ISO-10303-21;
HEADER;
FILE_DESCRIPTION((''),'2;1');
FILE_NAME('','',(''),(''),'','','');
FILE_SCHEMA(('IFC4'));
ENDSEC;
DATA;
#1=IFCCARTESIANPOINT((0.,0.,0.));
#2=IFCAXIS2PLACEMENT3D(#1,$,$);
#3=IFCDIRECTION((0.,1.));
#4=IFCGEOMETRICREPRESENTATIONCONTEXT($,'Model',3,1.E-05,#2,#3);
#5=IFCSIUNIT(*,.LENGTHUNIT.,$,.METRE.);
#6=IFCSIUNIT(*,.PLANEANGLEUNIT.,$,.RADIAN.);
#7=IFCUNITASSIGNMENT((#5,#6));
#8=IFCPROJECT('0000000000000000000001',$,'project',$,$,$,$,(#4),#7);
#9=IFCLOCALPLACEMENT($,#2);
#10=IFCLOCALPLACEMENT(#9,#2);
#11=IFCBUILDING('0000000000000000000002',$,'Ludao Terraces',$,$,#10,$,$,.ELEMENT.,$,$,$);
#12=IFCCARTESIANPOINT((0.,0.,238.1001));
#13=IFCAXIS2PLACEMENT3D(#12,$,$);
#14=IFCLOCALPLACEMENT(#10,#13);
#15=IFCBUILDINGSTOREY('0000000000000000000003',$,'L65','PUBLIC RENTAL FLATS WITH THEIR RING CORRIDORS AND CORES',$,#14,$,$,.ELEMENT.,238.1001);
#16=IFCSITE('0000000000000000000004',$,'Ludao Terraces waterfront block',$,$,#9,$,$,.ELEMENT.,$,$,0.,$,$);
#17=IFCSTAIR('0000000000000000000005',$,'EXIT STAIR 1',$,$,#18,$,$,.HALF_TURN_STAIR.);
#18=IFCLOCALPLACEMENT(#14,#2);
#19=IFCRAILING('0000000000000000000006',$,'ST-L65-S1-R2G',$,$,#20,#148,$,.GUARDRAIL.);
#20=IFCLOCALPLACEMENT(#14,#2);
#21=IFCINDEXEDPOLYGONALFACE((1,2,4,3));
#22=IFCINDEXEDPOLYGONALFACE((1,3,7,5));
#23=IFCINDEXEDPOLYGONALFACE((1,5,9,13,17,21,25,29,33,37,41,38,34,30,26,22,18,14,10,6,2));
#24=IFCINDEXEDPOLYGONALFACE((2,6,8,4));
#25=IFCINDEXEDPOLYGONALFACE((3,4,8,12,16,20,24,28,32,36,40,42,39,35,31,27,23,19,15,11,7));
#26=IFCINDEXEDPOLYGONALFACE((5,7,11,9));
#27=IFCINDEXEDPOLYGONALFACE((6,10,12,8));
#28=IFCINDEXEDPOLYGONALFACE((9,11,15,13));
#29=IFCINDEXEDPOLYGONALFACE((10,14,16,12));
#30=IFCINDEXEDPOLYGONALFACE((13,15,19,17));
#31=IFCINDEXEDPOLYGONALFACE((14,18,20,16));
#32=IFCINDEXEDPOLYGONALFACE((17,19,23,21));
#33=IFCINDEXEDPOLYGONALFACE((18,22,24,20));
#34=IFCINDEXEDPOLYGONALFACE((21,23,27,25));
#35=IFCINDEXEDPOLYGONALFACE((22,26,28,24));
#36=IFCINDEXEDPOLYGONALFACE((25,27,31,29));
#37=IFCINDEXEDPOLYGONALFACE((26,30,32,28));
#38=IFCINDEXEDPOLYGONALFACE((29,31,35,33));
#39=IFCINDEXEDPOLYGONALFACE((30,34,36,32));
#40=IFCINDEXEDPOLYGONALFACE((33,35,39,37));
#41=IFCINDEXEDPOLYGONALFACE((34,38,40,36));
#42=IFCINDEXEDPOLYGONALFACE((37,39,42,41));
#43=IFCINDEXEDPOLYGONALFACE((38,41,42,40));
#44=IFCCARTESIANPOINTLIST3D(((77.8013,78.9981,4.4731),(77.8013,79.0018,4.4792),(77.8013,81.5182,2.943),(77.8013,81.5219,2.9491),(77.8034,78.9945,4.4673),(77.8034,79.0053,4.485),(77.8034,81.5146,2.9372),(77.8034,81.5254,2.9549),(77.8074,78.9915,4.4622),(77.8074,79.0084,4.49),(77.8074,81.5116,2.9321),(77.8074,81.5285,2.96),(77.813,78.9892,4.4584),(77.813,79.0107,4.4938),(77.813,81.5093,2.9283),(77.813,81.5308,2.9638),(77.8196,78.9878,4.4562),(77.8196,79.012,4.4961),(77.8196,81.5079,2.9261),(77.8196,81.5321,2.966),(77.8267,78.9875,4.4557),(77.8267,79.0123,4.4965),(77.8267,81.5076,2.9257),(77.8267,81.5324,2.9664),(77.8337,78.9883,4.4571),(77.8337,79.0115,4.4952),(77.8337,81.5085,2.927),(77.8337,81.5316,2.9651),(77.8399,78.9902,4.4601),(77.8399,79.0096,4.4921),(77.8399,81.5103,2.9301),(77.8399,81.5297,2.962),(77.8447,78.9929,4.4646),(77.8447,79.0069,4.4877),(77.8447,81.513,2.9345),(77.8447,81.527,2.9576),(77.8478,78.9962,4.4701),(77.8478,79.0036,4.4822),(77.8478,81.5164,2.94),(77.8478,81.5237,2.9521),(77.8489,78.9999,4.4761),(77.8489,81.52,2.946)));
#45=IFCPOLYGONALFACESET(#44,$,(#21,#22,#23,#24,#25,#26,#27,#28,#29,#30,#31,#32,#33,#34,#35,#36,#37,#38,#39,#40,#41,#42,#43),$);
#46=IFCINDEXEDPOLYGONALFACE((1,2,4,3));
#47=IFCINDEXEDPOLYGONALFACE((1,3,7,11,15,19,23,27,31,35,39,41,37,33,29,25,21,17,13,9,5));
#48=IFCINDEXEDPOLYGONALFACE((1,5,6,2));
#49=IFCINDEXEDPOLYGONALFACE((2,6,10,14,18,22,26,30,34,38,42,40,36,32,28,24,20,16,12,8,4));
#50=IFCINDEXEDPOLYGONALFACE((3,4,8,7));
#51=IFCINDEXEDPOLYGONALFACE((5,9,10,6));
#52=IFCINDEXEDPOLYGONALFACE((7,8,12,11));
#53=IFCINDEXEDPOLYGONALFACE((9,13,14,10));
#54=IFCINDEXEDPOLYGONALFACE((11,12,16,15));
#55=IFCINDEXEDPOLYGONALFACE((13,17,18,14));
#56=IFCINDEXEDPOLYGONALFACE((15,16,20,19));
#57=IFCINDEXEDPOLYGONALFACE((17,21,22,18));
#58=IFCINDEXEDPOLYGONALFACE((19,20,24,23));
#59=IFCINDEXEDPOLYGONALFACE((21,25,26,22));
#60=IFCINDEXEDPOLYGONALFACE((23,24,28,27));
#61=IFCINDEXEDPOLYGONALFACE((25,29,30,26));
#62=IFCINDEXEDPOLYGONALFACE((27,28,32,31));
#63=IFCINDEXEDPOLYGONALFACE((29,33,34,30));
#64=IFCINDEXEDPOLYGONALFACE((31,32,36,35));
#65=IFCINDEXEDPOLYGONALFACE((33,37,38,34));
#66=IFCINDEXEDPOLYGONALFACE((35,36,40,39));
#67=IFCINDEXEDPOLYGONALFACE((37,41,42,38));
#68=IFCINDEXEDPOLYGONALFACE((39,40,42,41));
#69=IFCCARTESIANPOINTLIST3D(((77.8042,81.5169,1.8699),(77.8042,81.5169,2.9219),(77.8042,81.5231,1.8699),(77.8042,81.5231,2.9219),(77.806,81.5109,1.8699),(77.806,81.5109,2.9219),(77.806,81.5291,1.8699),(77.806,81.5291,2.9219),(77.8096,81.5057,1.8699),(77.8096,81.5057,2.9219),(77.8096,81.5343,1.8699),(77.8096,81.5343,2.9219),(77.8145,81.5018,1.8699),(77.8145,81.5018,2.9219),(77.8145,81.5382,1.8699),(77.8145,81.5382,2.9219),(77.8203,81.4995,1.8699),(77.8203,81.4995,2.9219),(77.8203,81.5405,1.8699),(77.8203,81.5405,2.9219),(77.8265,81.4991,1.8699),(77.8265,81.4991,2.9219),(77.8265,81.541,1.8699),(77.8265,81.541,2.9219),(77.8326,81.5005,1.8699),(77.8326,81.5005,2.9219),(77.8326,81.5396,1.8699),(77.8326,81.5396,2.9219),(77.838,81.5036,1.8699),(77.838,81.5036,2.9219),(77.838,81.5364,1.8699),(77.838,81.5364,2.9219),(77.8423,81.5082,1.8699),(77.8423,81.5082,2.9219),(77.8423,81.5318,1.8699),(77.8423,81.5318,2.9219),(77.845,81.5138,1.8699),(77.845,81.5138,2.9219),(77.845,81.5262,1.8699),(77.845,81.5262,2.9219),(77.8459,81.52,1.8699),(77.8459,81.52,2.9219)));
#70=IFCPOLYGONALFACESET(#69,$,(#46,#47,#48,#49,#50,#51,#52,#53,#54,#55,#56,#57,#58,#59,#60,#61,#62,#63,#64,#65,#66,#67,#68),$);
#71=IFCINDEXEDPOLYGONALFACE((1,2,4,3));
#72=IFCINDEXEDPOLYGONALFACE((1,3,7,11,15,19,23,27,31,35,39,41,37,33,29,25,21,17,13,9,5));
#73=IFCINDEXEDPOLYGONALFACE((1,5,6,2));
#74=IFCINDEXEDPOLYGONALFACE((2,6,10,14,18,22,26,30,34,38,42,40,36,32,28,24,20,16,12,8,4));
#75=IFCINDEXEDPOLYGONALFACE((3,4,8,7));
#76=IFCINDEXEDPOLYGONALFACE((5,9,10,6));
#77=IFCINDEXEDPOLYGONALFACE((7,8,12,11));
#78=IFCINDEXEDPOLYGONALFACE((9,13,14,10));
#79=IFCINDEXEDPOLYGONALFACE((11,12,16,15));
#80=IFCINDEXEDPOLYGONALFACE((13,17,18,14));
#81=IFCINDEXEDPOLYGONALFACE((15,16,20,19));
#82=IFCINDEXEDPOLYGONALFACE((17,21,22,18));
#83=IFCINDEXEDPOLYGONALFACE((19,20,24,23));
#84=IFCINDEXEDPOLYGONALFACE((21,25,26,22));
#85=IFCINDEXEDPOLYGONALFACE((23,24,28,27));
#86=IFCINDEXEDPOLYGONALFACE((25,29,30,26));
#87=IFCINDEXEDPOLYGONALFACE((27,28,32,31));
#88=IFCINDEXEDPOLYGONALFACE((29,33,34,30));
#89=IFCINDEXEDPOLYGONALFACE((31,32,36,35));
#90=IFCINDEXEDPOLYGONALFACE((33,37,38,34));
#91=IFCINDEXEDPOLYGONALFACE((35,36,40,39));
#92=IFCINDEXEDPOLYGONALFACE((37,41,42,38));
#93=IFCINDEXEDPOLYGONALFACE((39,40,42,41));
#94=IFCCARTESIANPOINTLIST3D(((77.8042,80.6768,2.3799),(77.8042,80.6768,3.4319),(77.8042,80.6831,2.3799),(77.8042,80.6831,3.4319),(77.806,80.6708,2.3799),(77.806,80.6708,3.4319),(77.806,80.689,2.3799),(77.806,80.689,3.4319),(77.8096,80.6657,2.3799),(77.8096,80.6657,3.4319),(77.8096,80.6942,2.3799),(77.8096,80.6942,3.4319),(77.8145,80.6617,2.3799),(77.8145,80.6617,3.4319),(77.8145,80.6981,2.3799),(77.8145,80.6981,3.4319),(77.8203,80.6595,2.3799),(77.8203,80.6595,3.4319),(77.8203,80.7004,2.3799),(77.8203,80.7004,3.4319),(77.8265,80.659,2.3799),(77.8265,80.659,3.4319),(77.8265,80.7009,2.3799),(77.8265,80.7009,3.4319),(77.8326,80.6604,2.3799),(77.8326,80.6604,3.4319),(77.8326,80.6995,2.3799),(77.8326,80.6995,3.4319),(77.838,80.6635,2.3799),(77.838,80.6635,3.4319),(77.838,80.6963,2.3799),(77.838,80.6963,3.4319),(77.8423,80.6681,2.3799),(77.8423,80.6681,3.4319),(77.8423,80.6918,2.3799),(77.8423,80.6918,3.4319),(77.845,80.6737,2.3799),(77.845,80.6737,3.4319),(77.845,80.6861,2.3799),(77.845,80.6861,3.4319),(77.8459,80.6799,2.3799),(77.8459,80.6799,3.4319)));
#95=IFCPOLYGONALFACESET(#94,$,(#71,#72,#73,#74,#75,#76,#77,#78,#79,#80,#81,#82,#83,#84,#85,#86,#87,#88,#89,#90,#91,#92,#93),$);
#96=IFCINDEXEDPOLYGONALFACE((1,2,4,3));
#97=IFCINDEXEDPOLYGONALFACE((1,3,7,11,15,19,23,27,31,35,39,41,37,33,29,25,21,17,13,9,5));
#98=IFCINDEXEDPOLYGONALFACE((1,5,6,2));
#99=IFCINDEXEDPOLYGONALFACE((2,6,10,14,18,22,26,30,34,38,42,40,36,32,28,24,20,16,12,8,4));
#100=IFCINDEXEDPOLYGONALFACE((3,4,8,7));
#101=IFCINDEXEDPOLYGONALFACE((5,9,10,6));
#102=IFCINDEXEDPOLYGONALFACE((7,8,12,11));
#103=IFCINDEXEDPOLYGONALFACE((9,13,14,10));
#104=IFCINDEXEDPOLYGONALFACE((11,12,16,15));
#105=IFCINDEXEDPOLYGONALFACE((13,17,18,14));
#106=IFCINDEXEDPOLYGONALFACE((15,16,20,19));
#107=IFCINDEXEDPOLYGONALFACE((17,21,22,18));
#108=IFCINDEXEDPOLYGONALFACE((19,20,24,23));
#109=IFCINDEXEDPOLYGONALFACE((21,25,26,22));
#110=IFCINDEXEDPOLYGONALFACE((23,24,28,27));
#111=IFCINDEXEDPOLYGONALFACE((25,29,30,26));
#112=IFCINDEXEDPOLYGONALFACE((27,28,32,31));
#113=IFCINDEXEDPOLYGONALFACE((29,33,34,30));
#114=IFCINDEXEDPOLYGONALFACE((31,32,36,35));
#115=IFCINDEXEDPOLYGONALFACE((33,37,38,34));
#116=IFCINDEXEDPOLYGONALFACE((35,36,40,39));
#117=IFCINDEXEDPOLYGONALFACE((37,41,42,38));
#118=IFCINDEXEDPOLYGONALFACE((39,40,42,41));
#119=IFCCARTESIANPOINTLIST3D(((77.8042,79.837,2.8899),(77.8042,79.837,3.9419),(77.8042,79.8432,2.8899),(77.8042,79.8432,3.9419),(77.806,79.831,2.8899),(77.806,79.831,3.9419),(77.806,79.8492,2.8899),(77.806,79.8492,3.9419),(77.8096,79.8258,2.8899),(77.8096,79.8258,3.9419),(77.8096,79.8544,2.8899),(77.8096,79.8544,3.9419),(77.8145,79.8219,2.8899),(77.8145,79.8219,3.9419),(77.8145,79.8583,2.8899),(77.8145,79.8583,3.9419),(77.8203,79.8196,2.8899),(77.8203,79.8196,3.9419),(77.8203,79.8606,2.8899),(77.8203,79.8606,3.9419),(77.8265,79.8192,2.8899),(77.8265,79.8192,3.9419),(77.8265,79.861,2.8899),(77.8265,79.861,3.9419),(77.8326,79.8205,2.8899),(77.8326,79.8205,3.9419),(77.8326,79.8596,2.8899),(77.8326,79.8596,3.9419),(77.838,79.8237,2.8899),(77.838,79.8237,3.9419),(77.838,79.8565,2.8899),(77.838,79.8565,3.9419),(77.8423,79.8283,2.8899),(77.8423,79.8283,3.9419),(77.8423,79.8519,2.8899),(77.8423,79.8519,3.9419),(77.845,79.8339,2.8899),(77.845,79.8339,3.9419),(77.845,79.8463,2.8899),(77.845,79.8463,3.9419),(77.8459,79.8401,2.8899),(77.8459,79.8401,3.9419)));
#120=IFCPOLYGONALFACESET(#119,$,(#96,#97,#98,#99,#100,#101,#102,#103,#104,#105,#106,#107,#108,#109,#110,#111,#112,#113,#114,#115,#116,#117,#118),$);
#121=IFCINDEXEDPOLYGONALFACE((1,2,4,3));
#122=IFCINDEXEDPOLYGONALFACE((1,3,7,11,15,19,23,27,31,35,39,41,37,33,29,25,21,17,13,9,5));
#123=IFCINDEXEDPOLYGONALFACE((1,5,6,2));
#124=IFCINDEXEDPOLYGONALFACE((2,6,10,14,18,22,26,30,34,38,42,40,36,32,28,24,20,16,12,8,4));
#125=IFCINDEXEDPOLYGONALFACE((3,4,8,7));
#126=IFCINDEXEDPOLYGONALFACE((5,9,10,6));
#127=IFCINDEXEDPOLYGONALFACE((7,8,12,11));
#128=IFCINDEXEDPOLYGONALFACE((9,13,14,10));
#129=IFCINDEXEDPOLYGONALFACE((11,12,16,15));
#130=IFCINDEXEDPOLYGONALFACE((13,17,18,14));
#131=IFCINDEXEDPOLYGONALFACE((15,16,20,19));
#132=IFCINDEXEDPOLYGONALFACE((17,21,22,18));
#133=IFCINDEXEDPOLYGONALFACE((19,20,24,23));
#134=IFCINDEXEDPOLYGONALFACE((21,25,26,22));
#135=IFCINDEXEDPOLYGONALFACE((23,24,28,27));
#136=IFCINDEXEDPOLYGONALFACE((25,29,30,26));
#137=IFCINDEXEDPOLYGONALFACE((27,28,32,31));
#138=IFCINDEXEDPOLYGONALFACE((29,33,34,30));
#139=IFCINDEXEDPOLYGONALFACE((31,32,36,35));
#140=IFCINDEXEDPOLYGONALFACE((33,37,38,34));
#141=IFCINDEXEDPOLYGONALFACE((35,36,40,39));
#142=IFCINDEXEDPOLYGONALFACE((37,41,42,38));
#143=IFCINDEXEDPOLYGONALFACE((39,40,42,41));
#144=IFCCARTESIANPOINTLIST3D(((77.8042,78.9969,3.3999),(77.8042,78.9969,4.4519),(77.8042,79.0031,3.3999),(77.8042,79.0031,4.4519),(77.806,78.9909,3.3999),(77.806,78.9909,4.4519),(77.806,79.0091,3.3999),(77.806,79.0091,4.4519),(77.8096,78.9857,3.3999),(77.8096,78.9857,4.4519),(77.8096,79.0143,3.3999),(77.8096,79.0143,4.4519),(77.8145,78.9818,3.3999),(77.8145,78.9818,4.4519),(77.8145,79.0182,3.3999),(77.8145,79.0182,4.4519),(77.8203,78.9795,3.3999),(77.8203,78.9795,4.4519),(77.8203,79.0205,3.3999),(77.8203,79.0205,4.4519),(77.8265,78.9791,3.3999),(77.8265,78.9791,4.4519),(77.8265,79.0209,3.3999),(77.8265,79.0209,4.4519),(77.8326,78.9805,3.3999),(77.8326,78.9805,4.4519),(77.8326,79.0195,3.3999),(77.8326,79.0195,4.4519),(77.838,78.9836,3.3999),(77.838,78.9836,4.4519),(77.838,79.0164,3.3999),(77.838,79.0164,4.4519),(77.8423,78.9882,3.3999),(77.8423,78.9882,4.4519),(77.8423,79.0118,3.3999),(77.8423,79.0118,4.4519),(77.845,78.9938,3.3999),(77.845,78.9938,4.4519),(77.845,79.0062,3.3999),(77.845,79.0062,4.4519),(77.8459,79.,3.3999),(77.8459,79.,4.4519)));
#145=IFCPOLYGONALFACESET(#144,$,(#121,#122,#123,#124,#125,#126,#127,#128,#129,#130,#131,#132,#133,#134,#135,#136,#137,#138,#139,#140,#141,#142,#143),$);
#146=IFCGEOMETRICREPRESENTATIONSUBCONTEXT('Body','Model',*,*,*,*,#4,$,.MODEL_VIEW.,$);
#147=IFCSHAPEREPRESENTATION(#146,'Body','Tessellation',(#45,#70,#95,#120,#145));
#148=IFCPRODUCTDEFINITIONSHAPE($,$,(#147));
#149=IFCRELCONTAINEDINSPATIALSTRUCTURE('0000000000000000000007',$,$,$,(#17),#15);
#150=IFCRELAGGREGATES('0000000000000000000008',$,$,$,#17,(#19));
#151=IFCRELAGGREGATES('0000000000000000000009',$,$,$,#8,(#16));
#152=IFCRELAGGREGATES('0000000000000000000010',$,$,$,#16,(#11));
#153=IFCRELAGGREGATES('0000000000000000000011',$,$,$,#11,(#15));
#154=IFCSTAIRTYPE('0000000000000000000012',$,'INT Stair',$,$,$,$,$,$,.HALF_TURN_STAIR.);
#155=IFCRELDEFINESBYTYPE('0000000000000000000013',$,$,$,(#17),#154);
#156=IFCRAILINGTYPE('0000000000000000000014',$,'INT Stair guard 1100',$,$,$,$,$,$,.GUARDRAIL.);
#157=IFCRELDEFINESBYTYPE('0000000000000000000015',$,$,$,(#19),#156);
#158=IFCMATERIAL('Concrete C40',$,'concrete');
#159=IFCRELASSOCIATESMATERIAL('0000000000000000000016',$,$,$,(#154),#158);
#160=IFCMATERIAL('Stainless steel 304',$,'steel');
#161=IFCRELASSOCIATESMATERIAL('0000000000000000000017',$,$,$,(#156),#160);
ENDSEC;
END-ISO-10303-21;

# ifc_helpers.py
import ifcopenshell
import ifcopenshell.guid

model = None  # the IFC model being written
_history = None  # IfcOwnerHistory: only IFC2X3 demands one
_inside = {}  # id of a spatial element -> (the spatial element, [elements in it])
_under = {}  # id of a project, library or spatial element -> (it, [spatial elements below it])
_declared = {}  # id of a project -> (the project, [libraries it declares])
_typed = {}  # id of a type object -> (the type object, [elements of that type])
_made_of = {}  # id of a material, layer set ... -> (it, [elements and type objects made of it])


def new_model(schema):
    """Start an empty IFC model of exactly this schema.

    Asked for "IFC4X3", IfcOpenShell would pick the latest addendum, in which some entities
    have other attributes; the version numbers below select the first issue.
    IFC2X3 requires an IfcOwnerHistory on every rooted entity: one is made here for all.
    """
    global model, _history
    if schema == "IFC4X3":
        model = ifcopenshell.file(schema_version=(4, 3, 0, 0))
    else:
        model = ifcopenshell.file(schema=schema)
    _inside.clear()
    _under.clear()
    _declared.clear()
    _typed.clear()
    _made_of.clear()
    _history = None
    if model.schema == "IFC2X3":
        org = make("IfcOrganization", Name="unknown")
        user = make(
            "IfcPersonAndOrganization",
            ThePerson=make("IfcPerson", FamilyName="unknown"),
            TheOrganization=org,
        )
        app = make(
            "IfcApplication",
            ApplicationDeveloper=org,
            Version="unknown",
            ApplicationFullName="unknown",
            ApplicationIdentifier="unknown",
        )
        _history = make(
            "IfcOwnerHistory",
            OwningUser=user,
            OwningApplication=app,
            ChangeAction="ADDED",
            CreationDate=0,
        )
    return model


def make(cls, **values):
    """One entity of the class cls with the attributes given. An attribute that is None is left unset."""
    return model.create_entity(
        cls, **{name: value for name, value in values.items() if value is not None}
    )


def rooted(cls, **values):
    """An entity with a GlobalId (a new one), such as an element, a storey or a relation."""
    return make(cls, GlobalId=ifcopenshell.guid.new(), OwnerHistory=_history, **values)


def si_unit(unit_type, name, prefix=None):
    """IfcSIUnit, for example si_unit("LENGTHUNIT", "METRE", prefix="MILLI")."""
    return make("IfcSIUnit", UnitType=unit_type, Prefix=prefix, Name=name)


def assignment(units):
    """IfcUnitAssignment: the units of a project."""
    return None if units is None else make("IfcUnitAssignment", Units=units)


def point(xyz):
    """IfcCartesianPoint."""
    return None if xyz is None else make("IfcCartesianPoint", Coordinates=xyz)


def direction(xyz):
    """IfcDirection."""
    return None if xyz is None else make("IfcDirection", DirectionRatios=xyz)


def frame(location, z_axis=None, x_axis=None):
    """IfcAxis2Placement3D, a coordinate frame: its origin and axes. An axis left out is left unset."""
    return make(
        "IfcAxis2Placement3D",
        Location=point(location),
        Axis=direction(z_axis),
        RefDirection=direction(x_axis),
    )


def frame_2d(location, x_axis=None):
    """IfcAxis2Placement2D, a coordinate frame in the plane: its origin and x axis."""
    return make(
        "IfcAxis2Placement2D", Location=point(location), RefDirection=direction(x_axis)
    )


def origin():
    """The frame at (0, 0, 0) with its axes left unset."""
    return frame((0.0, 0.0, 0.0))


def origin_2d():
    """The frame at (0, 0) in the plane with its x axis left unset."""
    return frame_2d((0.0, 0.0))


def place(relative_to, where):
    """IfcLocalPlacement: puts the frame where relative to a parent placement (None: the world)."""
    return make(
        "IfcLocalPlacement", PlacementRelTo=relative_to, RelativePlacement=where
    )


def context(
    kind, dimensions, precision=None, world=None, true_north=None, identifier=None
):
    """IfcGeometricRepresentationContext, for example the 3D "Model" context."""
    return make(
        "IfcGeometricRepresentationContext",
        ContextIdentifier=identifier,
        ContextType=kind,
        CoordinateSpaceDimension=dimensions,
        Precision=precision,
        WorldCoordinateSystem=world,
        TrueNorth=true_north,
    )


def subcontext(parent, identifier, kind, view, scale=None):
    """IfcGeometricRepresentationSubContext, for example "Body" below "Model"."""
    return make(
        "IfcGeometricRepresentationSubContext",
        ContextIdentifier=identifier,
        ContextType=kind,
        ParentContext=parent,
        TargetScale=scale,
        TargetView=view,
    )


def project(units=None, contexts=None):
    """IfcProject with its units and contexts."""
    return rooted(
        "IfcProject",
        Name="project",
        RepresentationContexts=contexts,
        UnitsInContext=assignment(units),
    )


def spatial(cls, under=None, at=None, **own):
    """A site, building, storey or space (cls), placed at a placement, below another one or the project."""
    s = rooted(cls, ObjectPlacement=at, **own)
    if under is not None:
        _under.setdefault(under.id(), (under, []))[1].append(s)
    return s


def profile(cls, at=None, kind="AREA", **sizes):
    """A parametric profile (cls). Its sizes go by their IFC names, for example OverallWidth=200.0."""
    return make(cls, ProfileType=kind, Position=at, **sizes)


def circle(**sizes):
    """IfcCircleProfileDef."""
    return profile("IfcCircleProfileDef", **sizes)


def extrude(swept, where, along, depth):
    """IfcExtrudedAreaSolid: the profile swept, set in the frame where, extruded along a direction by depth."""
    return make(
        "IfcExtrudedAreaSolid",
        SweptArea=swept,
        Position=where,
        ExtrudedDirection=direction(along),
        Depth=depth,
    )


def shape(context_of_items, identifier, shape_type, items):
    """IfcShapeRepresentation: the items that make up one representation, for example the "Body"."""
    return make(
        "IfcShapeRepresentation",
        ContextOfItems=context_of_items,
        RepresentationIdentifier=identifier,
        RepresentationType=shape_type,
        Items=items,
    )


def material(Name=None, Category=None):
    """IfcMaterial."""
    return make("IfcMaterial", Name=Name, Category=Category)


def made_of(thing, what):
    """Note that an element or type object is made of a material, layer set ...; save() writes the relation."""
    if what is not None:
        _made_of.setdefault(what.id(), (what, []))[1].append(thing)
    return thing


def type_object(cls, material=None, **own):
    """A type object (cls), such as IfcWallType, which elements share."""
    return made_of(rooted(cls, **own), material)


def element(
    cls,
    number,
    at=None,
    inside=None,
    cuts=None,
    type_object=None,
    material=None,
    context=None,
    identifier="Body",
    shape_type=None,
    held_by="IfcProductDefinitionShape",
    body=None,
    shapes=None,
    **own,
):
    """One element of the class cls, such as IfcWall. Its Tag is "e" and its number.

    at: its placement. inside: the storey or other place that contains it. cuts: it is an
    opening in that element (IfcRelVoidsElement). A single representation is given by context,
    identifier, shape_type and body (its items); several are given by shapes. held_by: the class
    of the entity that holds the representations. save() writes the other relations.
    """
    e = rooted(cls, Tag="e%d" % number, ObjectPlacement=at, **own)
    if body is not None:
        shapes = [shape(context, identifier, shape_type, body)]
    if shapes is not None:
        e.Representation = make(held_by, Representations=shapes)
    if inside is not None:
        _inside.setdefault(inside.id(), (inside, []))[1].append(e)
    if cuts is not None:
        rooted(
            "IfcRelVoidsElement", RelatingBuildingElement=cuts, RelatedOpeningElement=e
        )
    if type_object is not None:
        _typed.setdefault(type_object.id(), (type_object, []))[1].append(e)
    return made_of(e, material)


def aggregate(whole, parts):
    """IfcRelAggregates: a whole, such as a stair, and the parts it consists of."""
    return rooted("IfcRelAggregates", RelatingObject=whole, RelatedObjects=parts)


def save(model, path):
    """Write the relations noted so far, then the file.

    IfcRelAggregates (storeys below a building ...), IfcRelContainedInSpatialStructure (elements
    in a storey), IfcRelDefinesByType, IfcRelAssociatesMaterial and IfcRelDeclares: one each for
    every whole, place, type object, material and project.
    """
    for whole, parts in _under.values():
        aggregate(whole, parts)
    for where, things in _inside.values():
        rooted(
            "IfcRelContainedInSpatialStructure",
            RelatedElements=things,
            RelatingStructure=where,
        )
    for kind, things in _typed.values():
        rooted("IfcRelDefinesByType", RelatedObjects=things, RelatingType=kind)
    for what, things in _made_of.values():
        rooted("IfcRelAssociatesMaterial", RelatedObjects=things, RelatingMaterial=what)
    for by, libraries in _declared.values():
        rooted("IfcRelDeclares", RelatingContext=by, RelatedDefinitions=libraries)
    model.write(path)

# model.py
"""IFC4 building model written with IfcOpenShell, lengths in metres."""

from ifc_helpers import new_model, si_unit, direction, frame, origin, origin_2d, place, context, subcontext, project, spatial, circle, extrude, material, type_object, element, aggregate, save


model = new_model("IFC4")

# Units and contexts
model_context = context("Model", 3, precision=1e-05, world=origin(), true_north=direction((0.0, 1.0)))
body_context = subcontext(model_context, "Body", "Model", "MODEL_VIEW")
ifc_project = project(units=[si_unit("LENGTHUNIT", "METRE"), si_unit("PLANEANGLEUNIT", "RADIAN")], contexts=[model_context])

# Site, building, storey
site_placement = place(None, origin())
site = spatial("IfcSite", under=ifc_project, at=site_placement, Name="Ludao Terraces waterfront block", CompositionType="ELEMENT", RefElevation=0.0)
building_placement = place(site_placement, origin())
building = spatial("IfcBuilding", under=site, at=building_placement, Name="Ludao Terraces", CompositionType="ELEMENT")
storey_placement = place(building_placement, frame((0.0, 0.0, 238.1001)))
storey = spatial("IfcBuildingStorey", under=building, at=storey_placement, Name="L65", Description="PUBLIC RENTAL FLATS WITH THEIR RING CORRIDORS AND CORES", CompositionType="ELEMENT", Elevation=238.1001)

# Shared definitions
ifc_material_1 = material(Name="Concrete C40", Category="concrete")

# Stair, railing
stair_type = type_object("IfcStairType", Name="INT Stair", PredefinedType="HALF_TURN_STAIR", material=ifc_material_1)
stair_placement = place(storey_placement, origin())
stair = element("IfcStair", 1, at=stair_placement, inside=storey, type_object=stair_type, Name="EXIT STAIR 1", PredefinedType="HALF_TURN_STAIR")
ifc_material_2 = material(Name="Stainless steel 304", Category="steel")
railing_type_1 = type_object("IfcRailingType", Name="INT Stair guard 1100", PredefinedType="GUARDRAIL", material=ifc_material_2)
railing_1_placement = place(storey_placement, frame((77.825, 81.52, 1.8699)))
railing_1 = element("IfcRailing", 2, at=railing_1_placement, type_object=railing_type_1, Name="ST-L65-S1-R2G", PredefinedType="GUARDRAIL", context=body_context, shape_type="SweptSolid", body=[
    extrude(circle(Radius=0.0239, at=origin_2d()), frame((0.0, 0.0, 1.0762), z_axis=(0.0, -0.854785, 0.518982), x_axis=(1.0, 0.0, 0.0)), (0.0, 0.0, 1.0), 2.9482),
    extrude(circle(Radius=0.021, at=origin_2d()), origin(), (0.0, 0.0, 1.0), 1.052),
    extrude(circle(Radius=0.021, at=origin_2d()), frame((0.0, -0.8401, 0.51)), (0.0, 0.0, 1.0), 1.052),
    extrude(circle(Radius=0.021, at=origin_2d()), frame((0.0, -1.6799, 1.02)), (0.0, 0.0, 1.0), 1.052),
    extrude(circle(Radius=0.021, at=origin_2d()), frame((0.0, -2.52, 1.53)), (0.0, 0.0, 1.0), 1.052),
])
aggregate(stair, [railing_1])

save(model, "model.ifc")
